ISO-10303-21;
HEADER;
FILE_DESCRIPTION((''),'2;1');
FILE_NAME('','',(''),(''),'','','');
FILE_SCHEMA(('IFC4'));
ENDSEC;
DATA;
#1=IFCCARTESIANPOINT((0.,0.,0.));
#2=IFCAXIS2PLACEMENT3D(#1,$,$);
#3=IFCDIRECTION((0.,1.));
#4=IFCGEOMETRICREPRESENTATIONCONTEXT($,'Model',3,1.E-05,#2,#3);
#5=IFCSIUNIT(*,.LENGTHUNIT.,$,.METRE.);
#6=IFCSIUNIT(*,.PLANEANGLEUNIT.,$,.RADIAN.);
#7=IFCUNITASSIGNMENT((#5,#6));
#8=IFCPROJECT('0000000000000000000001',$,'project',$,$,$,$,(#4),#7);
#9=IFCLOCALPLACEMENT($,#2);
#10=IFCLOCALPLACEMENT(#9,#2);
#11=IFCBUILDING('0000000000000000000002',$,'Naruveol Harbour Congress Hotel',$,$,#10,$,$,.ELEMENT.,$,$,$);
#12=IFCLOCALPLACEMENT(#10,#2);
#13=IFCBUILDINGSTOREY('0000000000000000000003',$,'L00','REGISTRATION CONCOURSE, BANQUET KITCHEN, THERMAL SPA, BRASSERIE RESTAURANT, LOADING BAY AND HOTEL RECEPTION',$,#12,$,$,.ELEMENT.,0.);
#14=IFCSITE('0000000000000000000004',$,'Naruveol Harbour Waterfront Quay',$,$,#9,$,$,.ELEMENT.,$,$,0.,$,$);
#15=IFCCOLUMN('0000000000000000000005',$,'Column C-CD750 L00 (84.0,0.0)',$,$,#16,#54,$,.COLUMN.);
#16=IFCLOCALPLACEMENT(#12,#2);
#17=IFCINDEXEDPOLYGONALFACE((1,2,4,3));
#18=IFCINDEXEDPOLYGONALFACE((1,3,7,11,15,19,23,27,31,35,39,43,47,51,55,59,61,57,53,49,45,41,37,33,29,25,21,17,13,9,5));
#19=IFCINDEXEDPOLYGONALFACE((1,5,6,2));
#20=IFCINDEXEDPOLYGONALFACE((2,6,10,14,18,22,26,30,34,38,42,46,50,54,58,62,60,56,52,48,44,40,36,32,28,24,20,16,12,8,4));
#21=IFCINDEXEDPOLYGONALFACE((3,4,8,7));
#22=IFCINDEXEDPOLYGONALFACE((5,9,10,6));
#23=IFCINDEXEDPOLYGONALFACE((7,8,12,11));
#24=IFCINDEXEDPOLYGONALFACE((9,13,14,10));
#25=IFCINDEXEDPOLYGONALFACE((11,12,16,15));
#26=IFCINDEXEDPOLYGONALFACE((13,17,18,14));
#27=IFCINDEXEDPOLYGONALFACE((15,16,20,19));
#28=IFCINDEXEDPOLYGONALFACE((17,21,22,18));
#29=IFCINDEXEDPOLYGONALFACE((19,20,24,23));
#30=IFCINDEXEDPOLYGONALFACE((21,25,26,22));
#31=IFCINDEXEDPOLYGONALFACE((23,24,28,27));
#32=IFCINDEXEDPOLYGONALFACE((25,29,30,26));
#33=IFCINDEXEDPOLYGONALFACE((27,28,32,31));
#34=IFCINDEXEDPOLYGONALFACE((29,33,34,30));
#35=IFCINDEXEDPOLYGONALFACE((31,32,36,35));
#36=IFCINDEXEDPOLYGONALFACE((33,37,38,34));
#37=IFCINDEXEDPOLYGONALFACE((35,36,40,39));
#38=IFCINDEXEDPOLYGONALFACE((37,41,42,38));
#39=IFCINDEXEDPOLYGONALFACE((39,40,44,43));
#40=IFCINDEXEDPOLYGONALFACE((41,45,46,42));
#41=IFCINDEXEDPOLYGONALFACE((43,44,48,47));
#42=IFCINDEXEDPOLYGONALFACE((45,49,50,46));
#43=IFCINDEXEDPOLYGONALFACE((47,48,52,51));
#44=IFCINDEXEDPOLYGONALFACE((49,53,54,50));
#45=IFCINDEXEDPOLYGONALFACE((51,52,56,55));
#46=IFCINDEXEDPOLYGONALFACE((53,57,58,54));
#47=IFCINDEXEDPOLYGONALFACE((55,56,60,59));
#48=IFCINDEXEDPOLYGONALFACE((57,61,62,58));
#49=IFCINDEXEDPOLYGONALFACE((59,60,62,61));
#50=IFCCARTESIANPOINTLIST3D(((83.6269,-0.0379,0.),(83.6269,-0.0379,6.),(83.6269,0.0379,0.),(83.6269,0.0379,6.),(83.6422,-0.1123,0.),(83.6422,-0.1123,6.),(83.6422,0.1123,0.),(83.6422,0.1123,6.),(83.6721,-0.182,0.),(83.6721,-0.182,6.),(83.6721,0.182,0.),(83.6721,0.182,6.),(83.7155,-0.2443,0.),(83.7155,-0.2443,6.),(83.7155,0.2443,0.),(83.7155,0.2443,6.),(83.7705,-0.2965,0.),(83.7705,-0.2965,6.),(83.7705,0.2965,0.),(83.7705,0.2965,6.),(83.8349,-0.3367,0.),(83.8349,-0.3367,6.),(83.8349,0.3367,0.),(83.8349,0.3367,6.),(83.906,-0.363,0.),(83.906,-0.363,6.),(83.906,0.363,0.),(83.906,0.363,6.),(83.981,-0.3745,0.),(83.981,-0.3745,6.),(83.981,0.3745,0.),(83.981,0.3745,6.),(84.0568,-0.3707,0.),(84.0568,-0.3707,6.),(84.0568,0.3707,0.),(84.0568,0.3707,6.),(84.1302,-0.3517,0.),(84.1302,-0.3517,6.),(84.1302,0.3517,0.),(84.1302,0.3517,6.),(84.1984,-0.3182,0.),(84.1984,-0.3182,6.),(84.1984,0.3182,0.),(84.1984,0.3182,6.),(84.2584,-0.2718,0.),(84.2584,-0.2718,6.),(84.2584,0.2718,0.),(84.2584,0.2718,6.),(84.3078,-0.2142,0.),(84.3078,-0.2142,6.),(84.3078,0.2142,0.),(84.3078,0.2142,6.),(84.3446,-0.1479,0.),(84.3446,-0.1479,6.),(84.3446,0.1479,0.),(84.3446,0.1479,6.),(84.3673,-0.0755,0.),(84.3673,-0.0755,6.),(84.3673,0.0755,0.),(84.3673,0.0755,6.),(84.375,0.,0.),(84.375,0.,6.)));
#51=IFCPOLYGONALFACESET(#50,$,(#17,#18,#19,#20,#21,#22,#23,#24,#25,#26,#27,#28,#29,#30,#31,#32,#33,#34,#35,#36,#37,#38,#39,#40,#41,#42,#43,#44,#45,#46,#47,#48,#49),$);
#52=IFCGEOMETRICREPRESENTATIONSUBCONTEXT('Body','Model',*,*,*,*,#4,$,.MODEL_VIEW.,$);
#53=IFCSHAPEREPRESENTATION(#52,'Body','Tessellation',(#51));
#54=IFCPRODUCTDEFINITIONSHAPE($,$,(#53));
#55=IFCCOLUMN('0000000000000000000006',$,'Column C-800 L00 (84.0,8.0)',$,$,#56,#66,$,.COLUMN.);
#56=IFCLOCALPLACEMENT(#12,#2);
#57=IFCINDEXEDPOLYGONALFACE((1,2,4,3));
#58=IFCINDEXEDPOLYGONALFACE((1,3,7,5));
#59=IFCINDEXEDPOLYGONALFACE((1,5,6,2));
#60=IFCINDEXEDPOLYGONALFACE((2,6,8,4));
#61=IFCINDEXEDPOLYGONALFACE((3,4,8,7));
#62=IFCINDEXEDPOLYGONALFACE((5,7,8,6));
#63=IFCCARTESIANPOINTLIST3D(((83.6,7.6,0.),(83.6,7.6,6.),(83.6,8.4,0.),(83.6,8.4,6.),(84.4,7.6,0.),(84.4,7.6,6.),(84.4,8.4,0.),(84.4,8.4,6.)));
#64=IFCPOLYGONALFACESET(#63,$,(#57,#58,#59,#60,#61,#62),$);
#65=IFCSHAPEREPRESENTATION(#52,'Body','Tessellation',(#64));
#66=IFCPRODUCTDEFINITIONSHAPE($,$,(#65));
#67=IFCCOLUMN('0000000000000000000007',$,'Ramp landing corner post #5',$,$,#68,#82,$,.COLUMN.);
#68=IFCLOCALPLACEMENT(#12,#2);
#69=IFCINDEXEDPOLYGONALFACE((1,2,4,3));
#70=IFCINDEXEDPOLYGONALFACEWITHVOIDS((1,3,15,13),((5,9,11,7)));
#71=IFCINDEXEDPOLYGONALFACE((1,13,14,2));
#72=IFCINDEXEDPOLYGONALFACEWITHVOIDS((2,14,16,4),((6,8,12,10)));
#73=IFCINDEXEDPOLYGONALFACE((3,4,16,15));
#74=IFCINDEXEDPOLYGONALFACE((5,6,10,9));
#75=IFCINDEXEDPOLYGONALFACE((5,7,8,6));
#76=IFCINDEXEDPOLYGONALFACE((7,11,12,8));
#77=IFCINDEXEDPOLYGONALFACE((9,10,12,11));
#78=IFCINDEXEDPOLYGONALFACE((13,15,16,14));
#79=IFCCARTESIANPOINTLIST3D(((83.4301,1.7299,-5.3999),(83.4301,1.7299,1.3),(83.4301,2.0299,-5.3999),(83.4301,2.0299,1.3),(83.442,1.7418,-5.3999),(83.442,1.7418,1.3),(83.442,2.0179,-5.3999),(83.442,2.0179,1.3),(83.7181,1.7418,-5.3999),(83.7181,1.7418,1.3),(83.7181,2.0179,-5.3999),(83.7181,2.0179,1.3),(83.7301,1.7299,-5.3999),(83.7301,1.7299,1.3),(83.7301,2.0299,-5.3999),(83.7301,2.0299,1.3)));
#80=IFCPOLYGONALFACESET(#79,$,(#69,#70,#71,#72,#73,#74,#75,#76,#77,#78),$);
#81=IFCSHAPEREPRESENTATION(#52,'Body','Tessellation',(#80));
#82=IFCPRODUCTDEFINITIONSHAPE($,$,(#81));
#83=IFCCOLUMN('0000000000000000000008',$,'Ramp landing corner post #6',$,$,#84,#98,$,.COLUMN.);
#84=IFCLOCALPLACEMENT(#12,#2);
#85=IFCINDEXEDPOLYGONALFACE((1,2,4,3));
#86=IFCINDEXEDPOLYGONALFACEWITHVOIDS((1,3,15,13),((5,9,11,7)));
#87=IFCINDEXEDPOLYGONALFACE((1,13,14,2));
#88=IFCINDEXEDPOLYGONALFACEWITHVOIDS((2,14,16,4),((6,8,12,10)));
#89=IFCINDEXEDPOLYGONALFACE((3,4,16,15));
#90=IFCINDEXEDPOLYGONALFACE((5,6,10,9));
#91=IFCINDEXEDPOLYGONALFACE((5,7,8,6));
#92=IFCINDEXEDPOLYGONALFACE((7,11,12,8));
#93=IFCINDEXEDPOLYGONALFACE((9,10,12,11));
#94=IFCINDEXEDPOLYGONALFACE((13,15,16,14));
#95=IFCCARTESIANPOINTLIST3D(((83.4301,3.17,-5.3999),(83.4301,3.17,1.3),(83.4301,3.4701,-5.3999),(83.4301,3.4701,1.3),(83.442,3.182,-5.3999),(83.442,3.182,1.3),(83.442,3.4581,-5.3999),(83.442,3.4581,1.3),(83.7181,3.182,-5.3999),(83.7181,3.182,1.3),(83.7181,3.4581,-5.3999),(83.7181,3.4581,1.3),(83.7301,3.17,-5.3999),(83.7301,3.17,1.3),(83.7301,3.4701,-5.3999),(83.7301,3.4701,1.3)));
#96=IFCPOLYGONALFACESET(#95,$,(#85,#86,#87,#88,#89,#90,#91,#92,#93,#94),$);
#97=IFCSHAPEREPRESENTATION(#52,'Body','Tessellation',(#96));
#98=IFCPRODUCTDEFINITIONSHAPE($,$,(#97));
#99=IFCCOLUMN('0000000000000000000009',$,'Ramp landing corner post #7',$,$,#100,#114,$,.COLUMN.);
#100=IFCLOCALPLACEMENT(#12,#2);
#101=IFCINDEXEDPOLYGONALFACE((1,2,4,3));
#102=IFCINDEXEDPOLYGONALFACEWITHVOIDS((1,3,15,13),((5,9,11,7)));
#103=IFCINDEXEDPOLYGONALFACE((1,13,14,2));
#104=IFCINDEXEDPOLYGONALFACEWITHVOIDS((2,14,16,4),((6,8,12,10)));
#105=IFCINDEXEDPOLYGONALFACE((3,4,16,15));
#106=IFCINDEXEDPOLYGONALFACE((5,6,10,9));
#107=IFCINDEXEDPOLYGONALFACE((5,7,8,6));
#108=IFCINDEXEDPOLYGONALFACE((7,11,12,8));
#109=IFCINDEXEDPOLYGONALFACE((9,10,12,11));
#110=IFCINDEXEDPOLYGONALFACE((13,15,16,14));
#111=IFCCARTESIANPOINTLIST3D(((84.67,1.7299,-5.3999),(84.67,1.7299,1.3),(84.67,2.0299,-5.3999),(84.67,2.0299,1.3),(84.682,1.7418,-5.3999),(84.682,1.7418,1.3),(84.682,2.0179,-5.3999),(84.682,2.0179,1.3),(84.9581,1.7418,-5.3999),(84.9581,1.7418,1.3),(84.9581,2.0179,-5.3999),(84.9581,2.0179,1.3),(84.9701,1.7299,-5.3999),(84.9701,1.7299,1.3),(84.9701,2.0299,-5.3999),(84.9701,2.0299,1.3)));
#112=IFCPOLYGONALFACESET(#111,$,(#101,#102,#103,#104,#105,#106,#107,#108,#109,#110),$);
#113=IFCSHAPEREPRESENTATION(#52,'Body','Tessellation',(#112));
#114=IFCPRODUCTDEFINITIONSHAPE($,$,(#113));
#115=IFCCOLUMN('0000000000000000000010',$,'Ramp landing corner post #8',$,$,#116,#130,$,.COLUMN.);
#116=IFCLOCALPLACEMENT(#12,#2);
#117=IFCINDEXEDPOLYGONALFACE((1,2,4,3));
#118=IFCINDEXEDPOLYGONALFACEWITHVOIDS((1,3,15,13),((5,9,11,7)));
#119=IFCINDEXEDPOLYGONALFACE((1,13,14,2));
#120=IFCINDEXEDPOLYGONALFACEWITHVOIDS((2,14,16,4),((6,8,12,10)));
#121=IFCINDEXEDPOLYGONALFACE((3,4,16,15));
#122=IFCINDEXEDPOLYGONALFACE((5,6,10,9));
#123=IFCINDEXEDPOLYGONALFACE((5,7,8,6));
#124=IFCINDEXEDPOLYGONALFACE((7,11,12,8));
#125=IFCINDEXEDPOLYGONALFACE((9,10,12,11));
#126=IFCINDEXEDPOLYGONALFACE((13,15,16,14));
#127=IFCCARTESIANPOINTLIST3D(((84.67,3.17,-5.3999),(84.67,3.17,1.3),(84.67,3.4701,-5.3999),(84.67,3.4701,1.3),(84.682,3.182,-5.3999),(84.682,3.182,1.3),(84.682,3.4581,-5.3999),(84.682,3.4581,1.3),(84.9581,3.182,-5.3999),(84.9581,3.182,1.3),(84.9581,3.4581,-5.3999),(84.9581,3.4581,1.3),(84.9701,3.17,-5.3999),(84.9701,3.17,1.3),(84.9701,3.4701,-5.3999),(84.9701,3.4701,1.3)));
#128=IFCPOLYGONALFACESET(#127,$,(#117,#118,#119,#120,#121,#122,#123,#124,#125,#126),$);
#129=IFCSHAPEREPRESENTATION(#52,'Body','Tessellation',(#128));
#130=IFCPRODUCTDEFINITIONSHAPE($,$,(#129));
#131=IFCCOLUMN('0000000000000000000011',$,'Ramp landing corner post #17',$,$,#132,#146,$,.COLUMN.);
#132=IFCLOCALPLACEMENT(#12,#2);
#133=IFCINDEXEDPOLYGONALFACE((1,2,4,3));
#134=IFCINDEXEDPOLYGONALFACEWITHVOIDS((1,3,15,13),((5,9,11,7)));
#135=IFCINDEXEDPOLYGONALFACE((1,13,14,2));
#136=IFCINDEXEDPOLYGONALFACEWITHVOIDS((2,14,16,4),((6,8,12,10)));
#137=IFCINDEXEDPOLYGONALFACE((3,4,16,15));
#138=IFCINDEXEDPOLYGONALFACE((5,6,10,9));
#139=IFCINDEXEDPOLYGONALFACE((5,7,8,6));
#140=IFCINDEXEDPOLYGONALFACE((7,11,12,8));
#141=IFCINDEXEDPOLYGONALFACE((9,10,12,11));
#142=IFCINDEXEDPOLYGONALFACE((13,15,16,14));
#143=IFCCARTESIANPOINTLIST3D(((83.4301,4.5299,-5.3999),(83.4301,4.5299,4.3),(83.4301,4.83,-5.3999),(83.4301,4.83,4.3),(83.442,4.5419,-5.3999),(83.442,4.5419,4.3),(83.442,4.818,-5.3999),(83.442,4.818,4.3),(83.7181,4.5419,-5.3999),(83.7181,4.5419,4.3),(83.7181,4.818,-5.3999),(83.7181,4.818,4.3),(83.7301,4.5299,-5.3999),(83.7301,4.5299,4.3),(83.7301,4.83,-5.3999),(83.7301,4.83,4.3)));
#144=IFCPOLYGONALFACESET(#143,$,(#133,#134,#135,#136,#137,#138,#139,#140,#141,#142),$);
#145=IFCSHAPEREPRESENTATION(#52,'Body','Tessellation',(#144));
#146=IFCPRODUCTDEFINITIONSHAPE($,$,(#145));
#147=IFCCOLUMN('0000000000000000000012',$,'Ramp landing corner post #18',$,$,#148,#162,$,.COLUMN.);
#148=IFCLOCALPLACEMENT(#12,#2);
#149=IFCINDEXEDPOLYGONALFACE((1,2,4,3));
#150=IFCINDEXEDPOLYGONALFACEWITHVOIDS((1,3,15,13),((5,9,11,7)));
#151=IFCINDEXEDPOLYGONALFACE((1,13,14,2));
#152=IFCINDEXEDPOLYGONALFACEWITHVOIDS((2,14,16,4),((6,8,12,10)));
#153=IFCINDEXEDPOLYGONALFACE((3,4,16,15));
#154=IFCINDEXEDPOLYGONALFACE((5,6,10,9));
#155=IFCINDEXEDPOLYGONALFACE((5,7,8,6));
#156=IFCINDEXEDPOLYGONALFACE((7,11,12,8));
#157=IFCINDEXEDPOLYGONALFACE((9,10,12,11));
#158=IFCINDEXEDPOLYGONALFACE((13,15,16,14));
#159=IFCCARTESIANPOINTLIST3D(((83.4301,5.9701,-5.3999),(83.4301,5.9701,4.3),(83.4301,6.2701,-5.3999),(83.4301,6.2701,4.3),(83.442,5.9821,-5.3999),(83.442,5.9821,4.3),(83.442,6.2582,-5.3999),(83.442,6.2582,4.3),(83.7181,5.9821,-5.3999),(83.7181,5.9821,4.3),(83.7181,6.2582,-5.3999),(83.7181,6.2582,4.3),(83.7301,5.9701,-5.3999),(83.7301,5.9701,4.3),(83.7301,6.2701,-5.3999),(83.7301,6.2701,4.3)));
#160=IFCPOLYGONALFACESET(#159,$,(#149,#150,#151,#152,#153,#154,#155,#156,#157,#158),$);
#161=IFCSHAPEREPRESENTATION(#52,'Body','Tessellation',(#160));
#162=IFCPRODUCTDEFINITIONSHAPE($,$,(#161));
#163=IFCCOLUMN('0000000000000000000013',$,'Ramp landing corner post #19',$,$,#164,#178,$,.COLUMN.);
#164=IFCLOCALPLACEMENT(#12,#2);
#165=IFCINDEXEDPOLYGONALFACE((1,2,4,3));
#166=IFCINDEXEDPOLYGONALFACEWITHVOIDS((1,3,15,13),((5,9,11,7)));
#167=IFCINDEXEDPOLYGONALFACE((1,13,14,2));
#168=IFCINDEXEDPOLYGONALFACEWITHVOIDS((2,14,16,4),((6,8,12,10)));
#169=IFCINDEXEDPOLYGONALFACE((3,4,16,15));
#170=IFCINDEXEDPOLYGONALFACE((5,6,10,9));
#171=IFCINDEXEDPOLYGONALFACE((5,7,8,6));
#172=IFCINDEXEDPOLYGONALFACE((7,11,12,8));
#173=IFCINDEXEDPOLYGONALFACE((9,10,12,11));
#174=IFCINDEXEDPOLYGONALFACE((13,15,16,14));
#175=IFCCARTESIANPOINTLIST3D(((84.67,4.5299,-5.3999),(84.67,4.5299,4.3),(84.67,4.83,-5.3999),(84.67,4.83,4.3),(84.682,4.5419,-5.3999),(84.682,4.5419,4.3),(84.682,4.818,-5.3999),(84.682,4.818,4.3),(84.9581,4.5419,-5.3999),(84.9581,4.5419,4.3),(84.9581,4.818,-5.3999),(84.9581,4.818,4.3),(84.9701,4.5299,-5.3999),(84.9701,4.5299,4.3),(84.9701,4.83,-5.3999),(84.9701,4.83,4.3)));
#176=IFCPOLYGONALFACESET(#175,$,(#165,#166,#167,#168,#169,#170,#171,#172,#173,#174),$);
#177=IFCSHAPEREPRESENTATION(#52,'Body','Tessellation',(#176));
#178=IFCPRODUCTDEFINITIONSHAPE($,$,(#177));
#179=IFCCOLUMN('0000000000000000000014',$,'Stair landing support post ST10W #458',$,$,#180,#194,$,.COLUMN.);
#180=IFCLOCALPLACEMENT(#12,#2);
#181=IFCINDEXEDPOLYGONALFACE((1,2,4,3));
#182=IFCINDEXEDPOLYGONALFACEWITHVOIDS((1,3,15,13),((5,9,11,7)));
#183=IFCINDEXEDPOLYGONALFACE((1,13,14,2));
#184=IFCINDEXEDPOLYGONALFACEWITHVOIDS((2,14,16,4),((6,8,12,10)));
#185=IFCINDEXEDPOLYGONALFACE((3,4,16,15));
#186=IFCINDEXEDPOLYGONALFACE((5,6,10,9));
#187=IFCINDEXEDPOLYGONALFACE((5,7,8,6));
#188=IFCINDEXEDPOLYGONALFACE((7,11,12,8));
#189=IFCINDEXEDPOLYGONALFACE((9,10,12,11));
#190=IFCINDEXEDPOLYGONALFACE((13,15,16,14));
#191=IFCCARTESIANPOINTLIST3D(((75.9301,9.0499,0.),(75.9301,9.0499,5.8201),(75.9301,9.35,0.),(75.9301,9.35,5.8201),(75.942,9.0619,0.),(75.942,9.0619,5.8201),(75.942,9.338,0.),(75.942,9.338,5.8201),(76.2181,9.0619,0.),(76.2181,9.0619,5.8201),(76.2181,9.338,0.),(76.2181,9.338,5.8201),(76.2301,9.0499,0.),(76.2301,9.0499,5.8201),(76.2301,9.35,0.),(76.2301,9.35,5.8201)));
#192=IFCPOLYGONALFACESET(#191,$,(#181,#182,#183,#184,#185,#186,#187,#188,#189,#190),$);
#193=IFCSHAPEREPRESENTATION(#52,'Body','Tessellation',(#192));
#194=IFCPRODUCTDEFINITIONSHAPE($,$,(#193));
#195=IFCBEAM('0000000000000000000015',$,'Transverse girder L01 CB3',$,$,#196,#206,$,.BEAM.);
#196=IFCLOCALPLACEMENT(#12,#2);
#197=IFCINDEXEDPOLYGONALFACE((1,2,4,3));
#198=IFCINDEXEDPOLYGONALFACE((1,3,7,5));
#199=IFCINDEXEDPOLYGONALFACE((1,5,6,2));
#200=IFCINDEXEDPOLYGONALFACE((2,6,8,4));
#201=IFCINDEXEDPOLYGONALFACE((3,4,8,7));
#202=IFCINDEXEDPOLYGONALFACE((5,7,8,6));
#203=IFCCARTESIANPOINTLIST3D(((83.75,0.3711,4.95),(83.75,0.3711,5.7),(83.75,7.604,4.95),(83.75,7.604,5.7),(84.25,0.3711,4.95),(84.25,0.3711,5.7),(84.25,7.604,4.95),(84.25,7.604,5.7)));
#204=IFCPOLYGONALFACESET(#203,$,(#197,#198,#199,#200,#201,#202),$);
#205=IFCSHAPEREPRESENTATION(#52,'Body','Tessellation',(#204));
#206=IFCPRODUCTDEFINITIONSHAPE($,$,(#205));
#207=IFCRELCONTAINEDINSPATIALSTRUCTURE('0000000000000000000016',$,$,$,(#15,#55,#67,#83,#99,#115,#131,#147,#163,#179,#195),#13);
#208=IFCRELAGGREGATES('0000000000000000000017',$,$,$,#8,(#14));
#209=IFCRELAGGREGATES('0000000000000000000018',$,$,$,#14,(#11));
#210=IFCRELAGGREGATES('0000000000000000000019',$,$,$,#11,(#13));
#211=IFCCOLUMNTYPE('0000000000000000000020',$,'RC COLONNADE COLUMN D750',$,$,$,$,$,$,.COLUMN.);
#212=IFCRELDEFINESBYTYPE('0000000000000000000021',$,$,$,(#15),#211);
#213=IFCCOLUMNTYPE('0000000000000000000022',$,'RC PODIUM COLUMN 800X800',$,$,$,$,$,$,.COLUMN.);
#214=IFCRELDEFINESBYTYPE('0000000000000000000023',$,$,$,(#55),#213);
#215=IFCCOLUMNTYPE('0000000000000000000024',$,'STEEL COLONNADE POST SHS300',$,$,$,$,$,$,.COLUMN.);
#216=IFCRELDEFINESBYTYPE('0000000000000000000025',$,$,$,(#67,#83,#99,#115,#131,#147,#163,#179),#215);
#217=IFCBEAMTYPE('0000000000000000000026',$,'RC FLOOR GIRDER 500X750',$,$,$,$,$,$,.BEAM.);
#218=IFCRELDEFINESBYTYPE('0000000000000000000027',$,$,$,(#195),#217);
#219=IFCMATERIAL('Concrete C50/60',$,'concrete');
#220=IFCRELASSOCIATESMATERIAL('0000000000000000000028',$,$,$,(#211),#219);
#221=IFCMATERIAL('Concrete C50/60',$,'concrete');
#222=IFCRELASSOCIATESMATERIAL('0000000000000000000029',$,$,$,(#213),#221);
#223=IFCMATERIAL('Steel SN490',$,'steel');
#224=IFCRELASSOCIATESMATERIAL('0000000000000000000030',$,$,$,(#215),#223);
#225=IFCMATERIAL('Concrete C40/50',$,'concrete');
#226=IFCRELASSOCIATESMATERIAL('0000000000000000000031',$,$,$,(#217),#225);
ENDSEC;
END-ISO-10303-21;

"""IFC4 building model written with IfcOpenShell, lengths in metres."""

from ifc_helpers import new_model, si_unit, direction, frame, origin, origin_2d, place, context, subcontext, project, spatial, rectangle, hollow_rectangle, circle, extrude, material, material_profile, profile_set, type_object, element, save


model = new_model("IFC4")

# Units and contexts
model_context = context("Model", 3, precision=1e-05, world=origin(), true_north=direction((0.0, 1.0)))
body_context = subcontext(model_context, "Body", "Model", "MODEL_VIEW")
ifc_project = project(units=[si_unit("LENGTHUNIT", "METRE"), si_unit("PLANEANGLEUNIT", "RADIAN")], contexts=[model_context])

# Site, building, storey
site_placement = place(None, origin())
site = spatial("IfcSite", under=ifc_project, at=site_placement, Name="Naruveol Harbour Waterfront Quay", CompositionType="ELEMENT", RefElevation=0.0)
building_placement = place(site_placement, origin())
building = spatial("IfcBuilding", under=site, at=building_placement, Name="Naruveol Harbour Congress Hotel", CompositionType="ELEMENT")
storey_placement = place(building_placement, origin())
storey = spatial("IfcBuildingStorey", under=building, at=storey_placement, Name="L00", Description="REGISTRATION CONCOURSE, BANQUET KITCHEN, THERMAL SPA, BRASSERIE RESTAURANT, LOADING BAY AND HOTEL RECEPTION", CompositionType="ELEMENT", Elevation=0.0)

# Columns
ifc_material_1 = material(Name="Concrete C50/60", Category="concrete")
ifc_material_profile_1 = material_profile(ifc_material_1, circle(Radius=0.375, at=origin_2d()), Name="RC-D750")
ifc_profile_set_1 = profile_set([ifc_material_profile_1], Name="Concrete C50/60")
column_type_1 = type_object("IfcColumnType", Name="RC COLONNADE COLUMN D750", PredefinedType="COLUMN", material=ifc_profile_set_1)
column_1_placement = place(storey_placement, frame((84.0, 0.0, 0.0), z_axis=(0.0, 0.0, 1.0), x_axis=(1.0, 0.0, 0.0)))
element("IfcColumn", 1, at=column_1_placement, inside=storey, type_object=column_type_1, Name="Column C-CD750 L00 (84.0,0.0)", PredefinedType="COLUMN", context=body_context, shape_type="SweptSolid", body=[
    extrude(circle(Radius=0.375, at=origin_2d()), origin(), (0.0, 0.0, 1.0), 6.0),
])
ifc_material_2 = material(Name="Concrete C50/60", Category="concrete")
ifc_material_profile_2 = material_profile(ifc_material_2, rectangle(XDim=0.8, YDim=0.8, at=origin_2d()), Name="RC-800x800")
ifc_profile_set_2 = profile_set([ifc_material_profile_2], Name="Concrete C50/60")
column_type_2 = type_object("IfcColumnType", Name="RC PODIUM COLUMN 800X800", PredefinedType="COLUMN", material=ifc_profile_set_2)
column_2_placement = place(storey_placement, frame((84.0, 8.0, 0.0), z_axis=(0.0, 0.0, 1.0), x_axis=(1.0, 0.0, 0.0)))
element("IfcColumn", 2, at=column_2_placement, inside=storey, type_object=column_type_2, Name="Column C-800 L00 (84.0,8.0)", PredefinedType="COLUMN", context=body_context, shape_type="SweptSolid", body=[
    extrude(rectangle(XDim=0.8, YDim=0.8, at=origin_2d()), origin(), (0.0, 0.0, 1.0), 6.0),
])
ifc_material_3 = material(Name="Steel SN490", Category="steel")
ifc_material_profile_3 = material_profile(ifc_material_3, hollow_rectangle(XDim=0.3, YDim=0.3, WallThickness=0.012, at=origin_2d()), Name="SHS-300x300x12")
ifc_profile_set_3 = profile_set([ifc_material_profile_3], Name="Steel SN490")
column_type_3 = type_object("IfcColumnType", Name="STEEL COLONNADE POST SHS300", PredefinedType="COLUMN", material=ifc_profile_set_3)
for number, where, z_axis, x_axis, name in (
    (3, (83.5801, 1.8799, -5.3999), (0.0, 0.0, 1.0), (1.0, 0.0, 0.0), "Ramp landing corner post #5"),
    (4, (83.5801, 3.3201, -5.3999), (0.0, 0.0, 1.0), (1.0, 0.0, 0.0), "Ramp landing corner post #6"),
    (5, (84.8201, 1.8799, -5.3999), (0.0, 0.0, 1.0), (1.0, 0.0, 0.0), "Ramp landing corner post #7"),
    (6, (84.8201, 3.3201, -5.3999), (0.0, 0.0, 1.0), (1.0, 0.0, 0.0), "Ramp landing corner post #8"),
):
    element("IfcColumn", number, at=place(storey_placement, frame(where, z_axis=z_axis, x_axis=x_axis)), inside=storey, type_object=column_type_3, Name=name, PredefinedType="COLUMN", context=body_context, shape_type="SweptSolid", body=[
        extrude(hollow_rectangle(XDim=0.3, YDim=0.3, WallThickness=0.012, at=origin_2d()), origin(), (0.0, 0.0, 1.0), 6.7),
    ])
for number, where, z_axis, x_axis, name in (
    (7, (83.5801, 4.6799, -5.3999), (0.0, 0.0, 1.0), (1.0, 0.0, 0.0), "Ramp landing corner post #17"),
    (8, (83.5801, 6.1201, -5.3999), (0.0, 0.0, 1.0), (1.0, 0.0, 0.0), "Ramp landing corner post #18"),
    (9, (84.8201, 4.6799, -5.3999), (0.0, 0.0, 1.0), (1.0, 0.0, 0.0), "Ramp landing corner post #19"),
):
    element("IfcColumn", number, at=place(storey_placement, frame(where, z_axis=z_axis, x_axis=x_axis)), inside=storey, type_object=column_type_3, Name=name, PredefinedType="COLUMN", context=body_context, shape_type="SweptSolid", body=[
        extrude(hollow_rectangle(XDim=0.3, YDim=0.3, WallThickness=0.012, at=origin_2d()), origin(), (0.0, 0.0, 1.0), 9.7),
    ])
column_3_placement = place(storey_placement, frame((76.0801, 9.2, 0.0), z_axis=(0.0, 0.0, 1.0), x_axis=(1.0, 0.0, 0.0)))
element("IfcColumn", 10, at=column_3_placement, inside=storey, type_object=column_type_3, Name="Stair landing support post ST10W #458", PredefinedType="COLUMN", context=body_context, shape_type="SweptSolid", body=[
    extrude(hollow_rectangle(XDim=0.3, YDim=0.3, WallThickness=0.012, at=origin_2d()), origin(), (0.0, 0.0, 1.0), 5.8201),
])

# Beam
ifc_material_4 = material(Name="Concrete C40/50", Category="concrete")
ifc_material_profile_4 = material_profile(ifc_material_4, rectangle(XDim=0.5, YDim=0.75, at=origin_2d()), Name="RCB-500x750")
ifc_profile_set_4 = profile_set([ifc_material_profile_4], Name="Concrete C40/50")
beam_type_1 = type_object("IfcBeamType", Name="RC FLOOR GIRDER 500X750", PredefinedType="BEAM", material=ifc_profile_set_4)
beam_1_placement = place(storey_placement, frame((84.0, 0.3711, 5.325), z_axis=(0.0, 1.0, 0.0), x_axis=(-1.0, 0.0, 0.0)))
element("IfcBeam", 11, at=beam_1_placement, inside=storey, type_object=beam_type_1, Name="Transverse girder L01 CB3", PredefinedType="BEAM", context=body_context, shape_type="SweptSolid", body=[
    extrude(rectangle(XDim=0.5, YDim=0.75, at=origin_2d()), origin(), (0.0, 0.0, 1.0), 7.2329),
])

save(model, "model.ifc")
